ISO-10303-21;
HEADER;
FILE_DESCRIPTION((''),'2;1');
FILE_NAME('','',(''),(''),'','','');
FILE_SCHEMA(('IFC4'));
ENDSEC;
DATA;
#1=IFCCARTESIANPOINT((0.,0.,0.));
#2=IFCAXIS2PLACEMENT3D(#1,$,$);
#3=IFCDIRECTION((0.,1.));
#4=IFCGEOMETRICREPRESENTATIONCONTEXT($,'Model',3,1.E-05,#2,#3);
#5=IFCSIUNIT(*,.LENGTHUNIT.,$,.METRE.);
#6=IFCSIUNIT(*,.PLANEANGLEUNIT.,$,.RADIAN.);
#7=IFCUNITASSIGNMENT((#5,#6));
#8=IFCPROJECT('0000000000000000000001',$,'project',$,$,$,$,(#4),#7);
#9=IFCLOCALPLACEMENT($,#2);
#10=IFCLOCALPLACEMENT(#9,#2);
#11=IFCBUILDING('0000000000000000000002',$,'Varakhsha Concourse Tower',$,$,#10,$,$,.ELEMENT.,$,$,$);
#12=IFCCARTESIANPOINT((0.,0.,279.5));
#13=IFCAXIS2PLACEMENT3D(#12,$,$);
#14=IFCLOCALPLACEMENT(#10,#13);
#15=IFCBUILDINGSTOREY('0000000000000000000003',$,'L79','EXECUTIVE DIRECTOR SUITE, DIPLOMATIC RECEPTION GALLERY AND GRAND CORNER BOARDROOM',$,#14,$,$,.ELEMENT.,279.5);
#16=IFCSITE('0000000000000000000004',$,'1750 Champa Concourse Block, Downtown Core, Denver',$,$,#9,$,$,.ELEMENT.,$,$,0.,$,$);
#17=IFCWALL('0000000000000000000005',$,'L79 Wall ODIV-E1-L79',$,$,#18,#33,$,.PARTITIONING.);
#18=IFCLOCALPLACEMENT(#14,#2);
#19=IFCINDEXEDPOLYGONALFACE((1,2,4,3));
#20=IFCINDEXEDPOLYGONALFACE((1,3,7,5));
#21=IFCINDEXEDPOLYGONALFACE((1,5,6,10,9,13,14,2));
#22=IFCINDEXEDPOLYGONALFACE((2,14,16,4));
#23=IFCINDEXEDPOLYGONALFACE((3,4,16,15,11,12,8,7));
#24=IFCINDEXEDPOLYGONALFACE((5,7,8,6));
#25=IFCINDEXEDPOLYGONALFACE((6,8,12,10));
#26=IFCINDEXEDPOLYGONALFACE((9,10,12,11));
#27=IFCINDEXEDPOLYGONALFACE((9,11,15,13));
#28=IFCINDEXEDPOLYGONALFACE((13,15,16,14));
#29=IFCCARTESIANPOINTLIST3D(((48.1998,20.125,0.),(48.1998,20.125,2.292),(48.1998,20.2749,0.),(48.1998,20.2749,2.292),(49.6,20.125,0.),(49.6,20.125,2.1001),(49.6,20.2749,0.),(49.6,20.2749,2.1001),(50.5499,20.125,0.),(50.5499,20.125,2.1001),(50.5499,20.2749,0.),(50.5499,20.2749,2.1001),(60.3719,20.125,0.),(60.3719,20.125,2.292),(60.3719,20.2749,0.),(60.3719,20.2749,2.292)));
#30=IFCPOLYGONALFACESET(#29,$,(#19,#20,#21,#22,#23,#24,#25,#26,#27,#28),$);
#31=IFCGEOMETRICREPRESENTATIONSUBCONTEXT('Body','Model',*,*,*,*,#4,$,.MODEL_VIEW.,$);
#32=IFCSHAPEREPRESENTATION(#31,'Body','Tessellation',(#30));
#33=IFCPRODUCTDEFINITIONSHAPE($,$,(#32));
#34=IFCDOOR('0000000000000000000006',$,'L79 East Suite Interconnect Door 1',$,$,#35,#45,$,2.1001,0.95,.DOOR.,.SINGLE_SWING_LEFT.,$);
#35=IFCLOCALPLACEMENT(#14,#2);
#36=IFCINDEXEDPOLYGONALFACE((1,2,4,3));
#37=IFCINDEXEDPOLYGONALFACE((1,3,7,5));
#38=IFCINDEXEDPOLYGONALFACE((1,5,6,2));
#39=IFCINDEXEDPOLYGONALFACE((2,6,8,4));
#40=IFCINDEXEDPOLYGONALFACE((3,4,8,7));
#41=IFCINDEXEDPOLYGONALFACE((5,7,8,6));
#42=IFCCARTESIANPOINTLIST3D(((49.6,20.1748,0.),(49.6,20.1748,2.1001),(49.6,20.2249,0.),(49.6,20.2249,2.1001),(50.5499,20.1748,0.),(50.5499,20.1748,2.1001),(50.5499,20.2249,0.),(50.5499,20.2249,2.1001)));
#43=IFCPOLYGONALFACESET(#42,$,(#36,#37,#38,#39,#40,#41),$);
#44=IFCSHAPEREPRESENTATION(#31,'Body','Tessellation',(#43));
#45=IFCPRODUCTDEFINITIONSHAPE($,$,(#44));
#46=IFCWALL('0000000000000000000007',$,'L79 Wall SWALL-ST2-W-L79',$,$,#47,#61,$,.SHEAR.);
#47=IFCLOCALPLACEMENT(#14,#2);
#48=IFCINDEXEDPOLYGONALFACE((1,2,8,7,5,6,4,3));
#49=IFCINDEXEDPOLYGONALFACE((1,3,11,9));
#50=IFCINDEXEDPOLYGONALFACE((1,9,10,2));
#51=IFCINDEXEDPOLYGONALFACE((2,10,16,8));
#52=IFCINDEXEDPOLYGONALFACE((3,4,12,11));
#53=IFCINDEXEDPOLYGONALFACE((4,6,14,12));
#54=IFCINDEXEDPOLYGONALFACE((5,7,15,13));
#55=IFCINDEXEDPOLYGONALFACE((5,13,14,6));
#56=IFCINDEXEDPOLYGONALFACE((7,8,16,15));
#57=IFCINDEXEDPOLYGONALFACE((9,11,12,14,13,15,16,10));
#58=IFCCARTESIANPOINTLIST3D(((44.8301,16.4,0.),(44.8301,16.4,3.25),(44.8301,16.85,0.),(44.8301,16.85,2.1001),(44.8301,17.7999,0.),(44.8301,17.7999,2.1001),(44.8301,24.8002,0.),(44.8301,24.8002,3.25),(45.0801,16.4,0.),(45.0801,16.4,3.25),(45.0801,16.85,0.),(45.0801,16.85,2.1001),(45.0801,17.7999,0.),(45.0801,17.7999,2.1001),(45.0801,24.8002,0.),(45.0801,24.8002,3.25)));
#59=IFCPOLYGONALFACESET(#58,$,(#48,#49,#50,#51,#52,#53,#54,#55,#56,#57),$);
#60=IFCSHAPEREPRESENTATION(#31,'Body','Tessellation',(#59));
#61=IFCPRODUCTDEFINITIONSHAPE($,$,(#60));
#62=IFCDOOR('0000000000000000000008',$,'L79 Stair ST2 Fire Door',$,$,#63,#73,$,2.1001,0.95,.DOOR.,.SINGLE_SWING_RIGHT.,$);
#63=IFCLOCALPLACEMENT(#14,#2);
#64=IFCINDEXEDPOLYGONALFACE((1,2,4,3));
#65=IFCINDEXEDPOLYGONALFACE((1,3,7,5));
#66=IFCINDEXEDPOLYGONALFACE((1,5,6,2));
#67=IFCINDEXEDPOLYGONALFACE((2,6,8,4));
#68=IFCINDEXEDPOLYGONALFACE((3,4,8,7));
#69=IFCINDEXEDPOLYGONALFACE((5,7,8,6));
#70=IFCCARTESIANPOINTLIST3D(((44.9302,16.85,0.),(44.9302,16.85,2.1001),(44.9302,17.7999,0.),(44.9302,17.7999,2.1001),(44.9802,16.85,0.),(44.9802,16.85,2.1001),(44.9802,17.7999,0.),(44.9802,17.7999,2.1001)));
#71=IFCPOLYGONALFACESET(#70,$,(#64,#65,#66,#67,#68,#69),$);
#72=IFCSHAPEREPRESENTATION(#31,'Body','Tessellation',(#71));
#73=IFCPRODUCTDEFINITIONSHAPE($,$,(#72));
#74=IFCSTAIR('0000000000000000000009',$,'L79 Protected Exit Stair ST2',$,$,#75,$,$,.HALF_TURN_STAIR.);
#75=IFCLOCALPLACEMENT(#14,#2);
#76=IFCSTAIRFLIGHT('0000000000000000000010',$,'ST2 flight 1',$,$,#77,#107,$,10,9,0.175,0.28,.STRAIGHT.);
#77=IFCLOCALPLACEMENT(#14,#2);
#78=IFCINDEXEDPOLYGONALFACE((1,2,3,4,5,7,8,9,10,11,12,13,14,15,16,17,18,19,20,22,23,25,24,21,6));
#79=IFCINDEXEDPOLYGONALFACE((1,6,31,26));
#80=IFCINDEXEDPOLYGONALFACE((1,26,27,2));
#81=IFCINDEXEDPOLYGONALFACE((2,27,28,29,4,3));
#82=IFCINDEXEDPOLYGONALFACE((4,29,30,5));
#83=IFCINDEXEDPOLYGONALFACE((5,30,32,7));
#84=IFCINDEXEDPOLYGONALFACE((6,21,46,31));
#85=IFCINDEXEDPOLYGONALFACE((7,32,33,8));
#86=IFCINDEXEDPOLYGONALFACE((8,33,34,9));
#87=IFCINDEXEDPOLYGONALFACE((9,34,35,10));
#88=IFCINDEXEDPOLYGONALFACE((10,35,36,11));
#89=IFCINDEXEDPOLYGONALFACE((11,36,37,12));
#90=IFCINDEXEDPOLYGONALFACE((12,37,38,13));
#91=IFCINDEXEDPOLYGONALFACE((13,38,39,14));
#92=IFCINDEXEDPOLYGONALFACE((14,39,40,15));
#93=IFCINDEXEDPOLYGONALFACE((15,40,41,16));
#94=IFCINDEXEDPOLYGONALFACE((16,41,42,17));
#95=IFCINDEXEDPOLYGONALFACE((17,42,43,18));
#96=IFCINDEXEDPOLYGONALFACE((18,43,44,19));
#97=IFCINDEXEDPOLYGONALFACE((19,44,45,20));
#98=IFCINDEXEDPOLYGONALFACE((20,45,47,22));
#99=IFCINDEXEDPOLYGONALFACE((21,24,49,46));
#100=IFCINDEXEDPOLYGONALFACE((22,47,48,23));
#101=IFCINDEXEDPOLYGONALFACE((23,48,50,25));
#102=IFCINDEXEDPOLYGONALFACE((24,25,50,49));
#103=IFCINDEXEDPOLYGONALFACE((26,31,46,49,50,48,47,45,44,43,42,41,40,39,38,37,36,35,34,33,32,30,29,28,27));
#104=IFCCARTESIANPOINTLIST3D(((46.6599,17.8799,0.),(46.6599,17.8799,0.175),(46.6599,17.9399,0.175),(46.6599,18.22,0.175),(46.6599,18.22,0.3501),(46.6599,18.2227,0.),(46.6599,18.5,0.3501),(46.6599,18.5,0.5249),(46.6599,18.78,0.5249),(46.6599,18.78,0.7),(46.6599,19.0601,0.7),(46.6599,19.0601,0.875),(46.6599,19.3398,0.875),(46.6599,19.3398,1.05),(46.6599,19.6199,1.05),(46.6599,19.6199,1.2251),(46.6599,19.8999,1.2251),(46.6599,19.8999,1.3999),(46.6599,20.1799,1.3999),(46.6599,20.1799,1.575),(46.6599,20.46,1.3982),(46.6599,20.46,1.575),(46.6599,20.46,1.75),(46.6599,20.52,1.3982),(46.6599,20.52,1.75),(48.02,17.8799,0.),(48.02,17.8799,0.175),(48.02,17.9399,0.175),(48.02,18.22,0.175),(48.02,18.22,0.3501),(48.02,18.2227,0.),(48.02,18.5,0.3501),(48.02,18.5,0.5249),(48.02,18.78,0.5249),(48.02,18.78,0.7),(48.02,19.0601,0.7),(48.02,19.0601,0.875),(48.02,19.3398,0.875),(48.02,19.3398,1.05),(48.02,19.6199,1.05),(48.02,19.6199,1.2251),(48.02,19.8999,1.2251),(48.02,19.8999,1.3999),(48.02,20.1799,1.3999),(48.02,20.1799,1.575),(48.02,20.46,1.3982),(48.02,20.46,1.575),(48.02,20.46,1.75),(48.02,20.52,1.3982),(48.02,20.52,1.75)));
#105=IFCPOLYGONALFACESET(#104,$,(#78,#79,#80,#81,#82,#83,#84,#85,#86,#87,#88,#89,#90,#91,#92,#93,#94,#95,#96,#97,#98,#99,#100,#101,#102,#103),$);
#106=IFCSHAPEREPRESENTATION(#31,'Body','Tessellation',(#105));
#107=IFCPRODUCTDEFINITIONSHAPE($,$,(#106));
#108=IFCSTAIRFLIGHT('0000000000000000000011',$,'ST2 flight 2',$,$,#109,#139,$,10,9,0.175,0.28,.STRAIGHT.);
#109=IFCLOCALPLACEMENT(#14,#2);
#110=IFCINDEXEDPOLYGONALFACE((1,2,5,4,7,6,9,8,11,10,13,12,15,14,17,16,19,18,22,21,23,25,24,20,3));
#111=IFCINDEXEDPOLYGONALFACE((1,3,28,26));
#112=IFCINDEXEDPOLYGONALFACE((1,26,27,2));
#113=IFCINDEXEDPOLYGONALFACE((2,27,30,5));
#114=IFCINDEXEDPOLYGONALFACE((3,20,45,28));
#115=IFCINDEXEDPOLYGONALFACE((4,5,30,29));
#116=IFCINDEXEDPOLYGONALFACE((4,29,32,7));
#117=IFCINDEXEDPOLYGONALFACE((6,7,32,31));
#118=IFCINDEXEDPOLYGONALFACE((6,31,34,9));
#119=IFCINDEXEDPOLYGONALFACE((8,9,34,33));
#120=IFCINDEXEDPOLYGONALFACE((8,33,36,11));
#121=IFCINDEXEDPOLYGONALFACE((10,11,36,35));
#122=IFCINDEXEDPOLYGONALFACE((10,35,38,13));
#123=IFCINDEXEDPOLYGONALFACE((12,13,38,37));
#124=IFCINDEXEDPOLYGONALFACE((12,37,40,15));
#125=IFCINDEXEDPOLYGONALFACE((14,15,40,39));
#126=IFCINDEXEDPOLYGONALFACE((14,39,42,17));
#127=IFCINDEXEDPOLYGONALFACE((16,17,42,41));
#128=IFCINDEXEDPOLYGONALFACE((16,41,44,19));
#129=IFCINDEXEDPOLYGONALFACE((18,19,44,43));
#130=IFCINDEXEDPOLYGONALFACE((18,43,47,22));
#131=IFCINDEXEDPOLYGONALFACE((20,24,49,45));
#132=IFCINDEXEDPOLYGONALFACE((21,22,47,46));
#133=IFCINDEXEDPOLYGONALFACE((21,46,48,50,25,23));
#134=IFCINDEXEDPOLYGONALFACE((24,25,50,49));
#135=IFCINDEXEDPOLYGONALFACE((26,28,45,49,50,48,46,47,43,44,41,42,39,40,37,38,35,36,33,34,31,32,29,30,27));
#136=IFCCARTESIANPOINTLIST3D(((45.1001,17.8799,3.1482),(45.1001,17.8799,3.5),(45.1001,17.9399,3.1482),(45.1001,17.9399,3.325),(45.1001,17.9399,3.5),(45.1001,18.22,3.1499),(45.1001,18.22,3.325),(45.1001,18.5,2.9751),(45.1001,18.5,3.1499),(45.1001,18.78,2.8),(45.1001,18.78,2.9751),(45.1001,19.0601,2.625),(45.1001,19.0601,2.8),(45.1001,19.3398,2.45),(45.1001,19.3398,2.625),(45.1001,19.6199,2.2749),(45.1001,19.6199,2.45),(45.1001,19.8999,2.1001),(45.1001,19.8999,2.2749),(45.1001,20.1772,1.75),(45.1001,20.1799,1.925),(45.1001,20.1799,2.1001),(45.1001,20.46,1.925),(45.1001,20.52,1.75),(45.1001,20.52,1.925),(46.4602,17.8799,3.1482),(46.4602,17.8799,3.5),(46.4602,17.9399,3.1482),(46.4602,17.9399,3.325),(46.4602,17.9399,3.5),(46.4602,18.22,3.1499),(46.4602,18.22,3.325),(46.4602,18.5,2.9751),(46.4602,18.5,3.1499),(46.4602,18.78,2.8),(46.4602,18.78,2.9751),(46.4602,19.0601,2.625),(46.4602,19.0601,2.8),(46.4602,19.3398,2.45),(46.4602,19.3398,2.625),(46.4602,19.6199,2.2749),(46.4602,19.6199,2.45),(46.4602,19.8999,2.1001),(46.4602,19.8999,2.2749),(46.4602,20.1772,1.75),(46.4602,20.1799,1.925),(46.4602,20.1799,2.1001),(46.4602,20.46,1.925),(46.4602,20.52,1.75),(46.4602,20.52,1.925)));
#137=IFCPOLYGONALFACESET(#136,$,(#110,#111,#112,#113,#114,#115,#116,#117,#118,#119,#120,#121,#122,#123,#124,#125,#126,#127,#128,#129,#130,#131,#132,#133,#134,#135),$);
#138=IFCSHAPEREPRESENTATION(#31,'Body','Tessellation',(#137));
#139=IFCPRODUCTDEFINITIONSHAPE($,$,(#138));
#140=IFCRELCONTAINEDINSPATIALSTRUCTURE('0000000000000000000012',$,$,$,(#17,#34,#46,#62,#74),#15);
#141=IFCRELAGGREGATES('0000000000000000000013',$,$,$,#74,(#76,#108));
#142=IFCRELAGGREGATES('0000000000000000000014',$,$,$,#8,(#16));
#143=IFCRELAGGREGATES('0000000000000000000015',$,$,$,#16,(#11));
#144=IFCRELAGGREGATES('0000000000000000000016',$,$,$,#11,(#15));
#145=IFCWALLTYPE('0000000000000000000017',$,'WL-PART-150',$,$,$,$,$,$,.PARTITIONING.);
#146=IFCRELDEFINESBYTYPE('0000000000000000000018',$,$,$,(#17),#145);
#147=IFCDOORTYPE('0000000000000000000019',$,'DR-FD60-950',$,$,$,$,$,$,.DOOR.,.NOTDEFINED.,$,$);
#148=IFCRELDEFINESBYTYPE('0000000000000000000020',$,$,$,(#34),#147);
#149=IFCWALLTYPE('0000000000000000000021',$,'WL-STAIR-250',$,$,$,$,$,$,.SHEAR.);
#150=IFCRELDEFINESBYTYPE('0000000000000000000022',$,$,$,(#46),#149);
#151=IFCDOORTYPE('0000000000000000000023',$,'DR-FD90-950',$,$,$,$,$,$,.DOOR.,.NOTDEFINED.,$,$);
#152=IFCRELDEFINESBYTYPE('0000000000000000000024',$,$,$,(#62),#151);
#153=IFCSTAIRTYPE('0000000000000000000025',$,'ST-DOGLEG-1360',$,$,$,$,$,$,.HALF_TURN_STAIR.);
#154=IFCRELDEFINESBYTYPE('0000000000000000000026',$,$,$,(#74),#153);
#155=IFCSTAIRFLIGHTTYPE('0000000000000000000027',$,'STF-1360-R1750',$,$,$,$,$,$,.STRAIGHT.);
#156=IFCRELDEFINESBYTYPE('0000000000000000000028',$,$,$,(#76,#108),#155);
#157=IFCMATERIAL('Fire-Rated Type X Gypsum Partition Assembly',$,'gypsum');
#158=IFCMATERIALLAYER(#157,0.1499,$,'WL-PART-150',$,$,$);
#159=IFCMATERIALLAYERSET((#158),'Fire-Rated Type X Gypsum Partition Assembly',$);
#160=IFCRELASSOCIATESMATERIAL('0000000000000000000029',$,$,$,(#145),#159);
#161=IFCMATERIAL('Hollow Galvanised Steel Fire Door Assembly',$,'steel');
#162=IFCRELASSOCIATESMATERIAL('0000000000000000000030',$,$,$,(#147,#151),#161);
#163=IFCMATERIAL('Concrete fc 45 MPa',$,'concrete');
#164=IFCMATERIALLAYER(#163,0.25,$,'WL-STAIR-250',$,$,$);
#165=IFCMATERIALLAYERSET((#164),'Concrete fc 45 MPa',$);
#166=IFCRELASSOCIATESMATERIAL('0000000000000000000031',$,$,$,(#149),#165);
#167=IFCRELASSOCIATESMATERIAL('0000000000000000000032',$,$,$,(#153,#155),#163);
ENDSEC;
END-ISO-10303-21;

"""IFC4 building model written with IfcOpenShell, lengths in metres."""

from ifc_helpers import new_model, si_unit, direction, frame, frame_2d, origin, place, context, subcontext, project, spatial, polyline, rectangle, outline, extrude, material, layer, layer_set, type_object, element, fill, aggregate, save


model = new_model("IFC4")

# Units and contexts
model_context = context("Model", 3, precision=1e-05, world=origin(), true_north=direction((0.0, 1.0)))
body_context = subcontext(model_context, "Body", "Model", "MODEL_VIEW")
ifc_project = project(units=[si_unit("LENGTHUNIT", "METRE"), si_unit("PLANEANGLEUNIT", "RADIAN")], contexts=[model_context])

# Site, building, storey
site_placement = place(None, origin())
site = spatial("IfcSite", under=ifc_project, at=site_placement, Name="1750 Champa Concourse Block, Downtown Core, Denver", CompositionType="ELEMENT", RefElevation=0.0)
building_placement = place(site_placement, origin())
building = spatial("IfcBuilding", under=site, at=building_placement, Name="Varakhsha Concourse Tower", CompositionType="ELEMENT")
storey_placement = place(building_placement, frame((0.0, 0.0, 279.5)))
storey = spatial("IfcBuildingStorey", under=building, at=storey_placement, Name="L79", Description="EXECUTIVE DIRECTOR SUITE, DIPLOMATIC RECEPTION GALLERY AND GRAND CORNER BOARDROOM", CompositionType="ELEMENT", Elevation=279.5)

# Shared definitions
ifc_material_1 = material(Name="Fire-Rated Type X Gypsum Partition Assembly", Category="gypsum")
ifc_layer_1 = layer(ifc_material_1, 0.1499, Name="WL-PART-150")
ifc_layer_set_1 = layer_set([ifc_layer_1], Name="Fire-Rated Type X Gypsum Partition Assembly")
wall_type_1 = type_object("IfcWallType", Name="WL-PART-150", PredefinedType="PARTITIONING", material=ifc_layer_set_1)

# Walls, openings, doors
wall_1_placement = place(storey_placement, frame((48.2, 20.2, 0.0), z_axis=(0.0, 0.0, 1.0), x_axis=(1.0, 0.0, 0.0)))
wall_1 = element("IfcWall", 1, at=wall_1_placement, inside=storey, type_object=wall_type_1, Name="L79 Wall ODIV-E1-L79", PredefinedType="PARTITIONING", context=body_context, shape_type="SweptSolid", body=[
    extrude(rectangle(XDim=12.1721, YDim=0.1499, at=frame_2d((6.0859, 0.0))), origin(), (0.0, 0.0, 1.0), 2.292),
])
opening_1_placement = place(wall_1_placement, frame((1.3999, 0.0, 0.0)))
opening_1 = element("IfcOpeningElement", 2, at=opening_1_placement, cuts=wall_1, PredefinedType="OPENING", context=body_context, shape_type="SweptSolid", body=[
    extrude(rectangle(XDim=0.95, YDim=2.1001, at=frame_2d((0.4751, 1.05))), frame((0.0, 0.085, 0.0), z_axis=(0.0, -1.0, 0.0), x_axis=(1.0, 0.0, 0.0)), (0.0, 0.0, 1.0), 0.1699),
])
ifc_material_2 = material(Name="Hollow Galvanised Steel Fire Door Assembly", Category="steel")
door_type_1 = type_object("IfcDoorType", Name="DR-FD60-950", OperationType="NOTDEFINED", PredefinedType="DOOR", material=ifc_material_2)
door_1_placement = place(opening_1_placement, origin())
door_1 = element("IfcDoor", 3, at=door_1_placement, inside=storey, type_object=door_type_1, Name="L79 East Suite Interconnect Door 1", OperationType="SINGLE_SWING_LEFT", OverallHeight=2.1001, OverallWidth=0.95, PredefinedType="DOOR", context=body_context, shape_type="SweptSolid", body=[
    extrude(rectangle(XDim=0.95, YDim=2.1001, at=frame_2d((0.4751, 1.05))), frame((0.0, 0.0249, 0.0), z_axis=(0.0, -1.0, 0.0), x_axis=(1.0, 0.0, 0.0)), (0.0, 0.0, 1.0), 0.05),
])
fill(opening_1, door_1)
ifc_material_3 = material(Name="Concrete fc 45 MPa", Category="concrete")
ifc_layer_2 = layer(ifc_material_3, 0.25, Name="WL-STAIR-250")
ifc_layer_set_2 = layer_set([ifc_layer_2], Name="Concrete fc 45 MPa")
wall_type_2 = type_object("IfcWallType", Name="WL-STAIR-250", PredefinedType="SHEAR", material=ifc_layer_set_2)
wall_2_placement = place(storey_placement, frame((44.9551, 16.3999, 0.0), z_axis=(0.0, 0.0, 1.0), x_axis=(0.0, 1.0, 0.0)))
wall_2 = element("IfcWall", 4, at=wall_2_placement, inside=storey, type_object=wall_type_2, Name="L79 Wall SWALL-ST2-W-L79", PredefinedType="SHEAR", context=body_context, shape_type="SweptSolid", body=[
    extrude(rectangle(XDim=8.4001, YDim=0.25, at=frame_2d((4.2002, 0.0))), origin(), (0.0, 0.0, 1.0), 3.25),
])
opening_2_placement = place(wall_2_placement, frame((0.45, 0.0, 0.0)))
opening_2 = element("IfcOpeningElement", 5, at=opening_2_placement, cuts=wall_2, PredefinedType="OPENING", context=body_context, shape_type="SweptSolid", body=[
    extrude(rectangle(XDim=0.95, YDim=2.1001, at=frame_2d((0.4751, 1.05))), frame((0.0, 0.135, 0.0), z_axis=(0.0, -1.0, 0.0), x_axis=(1.0, 0.0, 0.0)), (0.0, 0.0, 1.0), 0.27),
])
door_type_2 = type_object("IfcDoorType", Name="DR-FD90-950", OperationType="NOTDEFINED", PredefinedType="DOOR", material=ifc_material_2)
door_2_placement = place(opening_2_placement, origin())
door_2 = element("IfcDoor", 6, at=door_2_placement, inside=storey, type_object=door_type_2, Name="L79 Stair ST2 Fire Door", OperationType="SINGLE_SWING_RIGHT", OverallHeight=2.1001, OverallWidth=0.95, PredefinedType="DOOR", context=body_context, shape_type="SweptSolid", body=[
    extrude(rectangle(XDim=0.95, YDim=2.1001, at=frame_2d((0.4751, 1.05))), frame((0.0, 0.0249, 0.0), z_axis=(0.0, -1.0, 0.0), x_axis=(1.0, 0.0, 0.0)), (0.0, 0.0, 1.0), 0.05),
])
fill(opening_2, door_2)

# Stair, stair flights
stair_type = type_object("IfcStairType", Name="ST-DOGLEG-1360", PredefinedType="HALF_TURN_STAIR", material=ifc_material_3)
stair_placement = place(storey_placement, origin())
stair = element("IfcStair", 7, at=stair_placement, inside=storey, type_object=stair_type, Name="L79 Protected Exit Stair ST2", PredefinedType="HALF_TURN_STAIR")
stair_flight_type = type_object("IfcStairFlightType", Name="STF-1360-R1750", PredefinedType="STRAIGHT", material=ifc_material_3)
stair_flight_1_placement = place(storey_placement, frame((47.3401, 17.9399, 0.0), z_axis=(0.0, 0.0, 1.0), x_axis=(0.0, 1.0, 0.0)))
stair_flight_1 = element("IfcStairFlight", 8, at=stair_flight_1_placement, type_object=stair_flight_type, Name="ST2 flight 1", NumberOfRisers=10, NumberOfTreads=9, PredefinedType="STRAIGHT", RiserHeight=0.175, TreadLength=0.28, context=body_context, shape_type="SweptSolid", body=[
    extrude(outline(polyline([(-0.0601, 0.0), (-0.0601, 0.175), (0.0, 0.175), (0.28, 0.175), (0.28, 0.3501), (0.5601, 0.3501), (0.5601, 0.5249), (0.8401, 0.5249), (0.8401, 0.7), (1.1201, 0.7), (1.1201, 0.875), (1.3999, 0.875), (1.3999, 1.05), (1.6799, 1.05), (1.6799, 1.2251), (1.96, 1.2251), (1.96, 1.3999), (2.24, 1.3999), (2.24, 1.575), (2.52, 1.575), (2.52, 1.75), (2.5801, 1.75), (2.5801, 1.3982), (2.52, 1.3982), (0.2827, 0.0), (-0.0601, 0.0)])), frame((0.0, 0.6802, 0.0), z_axis=(0.0, -1.0, 0.0), x_axis=(1.0, 0.0, 0.0)), (0.0, 0.0, 1.0), 1.3601),
])
stair_flight_2_placement = place(storey_placement, frame((45.78, 20.46, 1.75), z_axis=(0.0, 0.0, 1.0), x_axis=(0.0, -1.0, 0.0)))
stair_flight_2 = element("IfcStairFlight", 9, at=stair_flight_2_placement, type_object=stair_flight_type, Name="ST2 flight 2", NumberOfRisers=10, NumberOfTreads=9, PredefinedType="STRAIGHT", RiserHeight=0.175, TreadLength=0.28, context=body_context, shape_type="SweptSolid", body=[
    extrude(outline(polyline([(-0.0601, 0.0), (-0.0601, 0.175), (0.0, 0.175), (0.28, 0.175), (0.28, 0.3501), (0.5601, 0.3501), (0.5601, 0.5249), (0.8401, 0.5249), (0.8401, 0.7), (1.1201, 0.7), (1.1201, 0.875), (1.3999, 0.875), (1.3999, 1.05), (1.6799, 1.05), (1.6799, 1.2251), (1.96, 1.2251), (1.96, 1.3999), (2.24, 1.3999), (2.24, 1.575), (2.52, 1.575), (2.52, 1.75), (2.5801, 1.75), (2.5801, 1.3982), (2.52, 1.3982), (0.2827, 0.0), (-0.0601, 0.0)])), frame((0.0, 0.6802, 0.0), z_axis=(0.0, -1.0, 0.0), x_axis=(1.0, 0.0, 0.0)), (0.0, 0.0, 1.0), 1.3601),
])
aggregate(stair, [stair_flight_1, stair_flight_2])

save(model, "model.ifc")
